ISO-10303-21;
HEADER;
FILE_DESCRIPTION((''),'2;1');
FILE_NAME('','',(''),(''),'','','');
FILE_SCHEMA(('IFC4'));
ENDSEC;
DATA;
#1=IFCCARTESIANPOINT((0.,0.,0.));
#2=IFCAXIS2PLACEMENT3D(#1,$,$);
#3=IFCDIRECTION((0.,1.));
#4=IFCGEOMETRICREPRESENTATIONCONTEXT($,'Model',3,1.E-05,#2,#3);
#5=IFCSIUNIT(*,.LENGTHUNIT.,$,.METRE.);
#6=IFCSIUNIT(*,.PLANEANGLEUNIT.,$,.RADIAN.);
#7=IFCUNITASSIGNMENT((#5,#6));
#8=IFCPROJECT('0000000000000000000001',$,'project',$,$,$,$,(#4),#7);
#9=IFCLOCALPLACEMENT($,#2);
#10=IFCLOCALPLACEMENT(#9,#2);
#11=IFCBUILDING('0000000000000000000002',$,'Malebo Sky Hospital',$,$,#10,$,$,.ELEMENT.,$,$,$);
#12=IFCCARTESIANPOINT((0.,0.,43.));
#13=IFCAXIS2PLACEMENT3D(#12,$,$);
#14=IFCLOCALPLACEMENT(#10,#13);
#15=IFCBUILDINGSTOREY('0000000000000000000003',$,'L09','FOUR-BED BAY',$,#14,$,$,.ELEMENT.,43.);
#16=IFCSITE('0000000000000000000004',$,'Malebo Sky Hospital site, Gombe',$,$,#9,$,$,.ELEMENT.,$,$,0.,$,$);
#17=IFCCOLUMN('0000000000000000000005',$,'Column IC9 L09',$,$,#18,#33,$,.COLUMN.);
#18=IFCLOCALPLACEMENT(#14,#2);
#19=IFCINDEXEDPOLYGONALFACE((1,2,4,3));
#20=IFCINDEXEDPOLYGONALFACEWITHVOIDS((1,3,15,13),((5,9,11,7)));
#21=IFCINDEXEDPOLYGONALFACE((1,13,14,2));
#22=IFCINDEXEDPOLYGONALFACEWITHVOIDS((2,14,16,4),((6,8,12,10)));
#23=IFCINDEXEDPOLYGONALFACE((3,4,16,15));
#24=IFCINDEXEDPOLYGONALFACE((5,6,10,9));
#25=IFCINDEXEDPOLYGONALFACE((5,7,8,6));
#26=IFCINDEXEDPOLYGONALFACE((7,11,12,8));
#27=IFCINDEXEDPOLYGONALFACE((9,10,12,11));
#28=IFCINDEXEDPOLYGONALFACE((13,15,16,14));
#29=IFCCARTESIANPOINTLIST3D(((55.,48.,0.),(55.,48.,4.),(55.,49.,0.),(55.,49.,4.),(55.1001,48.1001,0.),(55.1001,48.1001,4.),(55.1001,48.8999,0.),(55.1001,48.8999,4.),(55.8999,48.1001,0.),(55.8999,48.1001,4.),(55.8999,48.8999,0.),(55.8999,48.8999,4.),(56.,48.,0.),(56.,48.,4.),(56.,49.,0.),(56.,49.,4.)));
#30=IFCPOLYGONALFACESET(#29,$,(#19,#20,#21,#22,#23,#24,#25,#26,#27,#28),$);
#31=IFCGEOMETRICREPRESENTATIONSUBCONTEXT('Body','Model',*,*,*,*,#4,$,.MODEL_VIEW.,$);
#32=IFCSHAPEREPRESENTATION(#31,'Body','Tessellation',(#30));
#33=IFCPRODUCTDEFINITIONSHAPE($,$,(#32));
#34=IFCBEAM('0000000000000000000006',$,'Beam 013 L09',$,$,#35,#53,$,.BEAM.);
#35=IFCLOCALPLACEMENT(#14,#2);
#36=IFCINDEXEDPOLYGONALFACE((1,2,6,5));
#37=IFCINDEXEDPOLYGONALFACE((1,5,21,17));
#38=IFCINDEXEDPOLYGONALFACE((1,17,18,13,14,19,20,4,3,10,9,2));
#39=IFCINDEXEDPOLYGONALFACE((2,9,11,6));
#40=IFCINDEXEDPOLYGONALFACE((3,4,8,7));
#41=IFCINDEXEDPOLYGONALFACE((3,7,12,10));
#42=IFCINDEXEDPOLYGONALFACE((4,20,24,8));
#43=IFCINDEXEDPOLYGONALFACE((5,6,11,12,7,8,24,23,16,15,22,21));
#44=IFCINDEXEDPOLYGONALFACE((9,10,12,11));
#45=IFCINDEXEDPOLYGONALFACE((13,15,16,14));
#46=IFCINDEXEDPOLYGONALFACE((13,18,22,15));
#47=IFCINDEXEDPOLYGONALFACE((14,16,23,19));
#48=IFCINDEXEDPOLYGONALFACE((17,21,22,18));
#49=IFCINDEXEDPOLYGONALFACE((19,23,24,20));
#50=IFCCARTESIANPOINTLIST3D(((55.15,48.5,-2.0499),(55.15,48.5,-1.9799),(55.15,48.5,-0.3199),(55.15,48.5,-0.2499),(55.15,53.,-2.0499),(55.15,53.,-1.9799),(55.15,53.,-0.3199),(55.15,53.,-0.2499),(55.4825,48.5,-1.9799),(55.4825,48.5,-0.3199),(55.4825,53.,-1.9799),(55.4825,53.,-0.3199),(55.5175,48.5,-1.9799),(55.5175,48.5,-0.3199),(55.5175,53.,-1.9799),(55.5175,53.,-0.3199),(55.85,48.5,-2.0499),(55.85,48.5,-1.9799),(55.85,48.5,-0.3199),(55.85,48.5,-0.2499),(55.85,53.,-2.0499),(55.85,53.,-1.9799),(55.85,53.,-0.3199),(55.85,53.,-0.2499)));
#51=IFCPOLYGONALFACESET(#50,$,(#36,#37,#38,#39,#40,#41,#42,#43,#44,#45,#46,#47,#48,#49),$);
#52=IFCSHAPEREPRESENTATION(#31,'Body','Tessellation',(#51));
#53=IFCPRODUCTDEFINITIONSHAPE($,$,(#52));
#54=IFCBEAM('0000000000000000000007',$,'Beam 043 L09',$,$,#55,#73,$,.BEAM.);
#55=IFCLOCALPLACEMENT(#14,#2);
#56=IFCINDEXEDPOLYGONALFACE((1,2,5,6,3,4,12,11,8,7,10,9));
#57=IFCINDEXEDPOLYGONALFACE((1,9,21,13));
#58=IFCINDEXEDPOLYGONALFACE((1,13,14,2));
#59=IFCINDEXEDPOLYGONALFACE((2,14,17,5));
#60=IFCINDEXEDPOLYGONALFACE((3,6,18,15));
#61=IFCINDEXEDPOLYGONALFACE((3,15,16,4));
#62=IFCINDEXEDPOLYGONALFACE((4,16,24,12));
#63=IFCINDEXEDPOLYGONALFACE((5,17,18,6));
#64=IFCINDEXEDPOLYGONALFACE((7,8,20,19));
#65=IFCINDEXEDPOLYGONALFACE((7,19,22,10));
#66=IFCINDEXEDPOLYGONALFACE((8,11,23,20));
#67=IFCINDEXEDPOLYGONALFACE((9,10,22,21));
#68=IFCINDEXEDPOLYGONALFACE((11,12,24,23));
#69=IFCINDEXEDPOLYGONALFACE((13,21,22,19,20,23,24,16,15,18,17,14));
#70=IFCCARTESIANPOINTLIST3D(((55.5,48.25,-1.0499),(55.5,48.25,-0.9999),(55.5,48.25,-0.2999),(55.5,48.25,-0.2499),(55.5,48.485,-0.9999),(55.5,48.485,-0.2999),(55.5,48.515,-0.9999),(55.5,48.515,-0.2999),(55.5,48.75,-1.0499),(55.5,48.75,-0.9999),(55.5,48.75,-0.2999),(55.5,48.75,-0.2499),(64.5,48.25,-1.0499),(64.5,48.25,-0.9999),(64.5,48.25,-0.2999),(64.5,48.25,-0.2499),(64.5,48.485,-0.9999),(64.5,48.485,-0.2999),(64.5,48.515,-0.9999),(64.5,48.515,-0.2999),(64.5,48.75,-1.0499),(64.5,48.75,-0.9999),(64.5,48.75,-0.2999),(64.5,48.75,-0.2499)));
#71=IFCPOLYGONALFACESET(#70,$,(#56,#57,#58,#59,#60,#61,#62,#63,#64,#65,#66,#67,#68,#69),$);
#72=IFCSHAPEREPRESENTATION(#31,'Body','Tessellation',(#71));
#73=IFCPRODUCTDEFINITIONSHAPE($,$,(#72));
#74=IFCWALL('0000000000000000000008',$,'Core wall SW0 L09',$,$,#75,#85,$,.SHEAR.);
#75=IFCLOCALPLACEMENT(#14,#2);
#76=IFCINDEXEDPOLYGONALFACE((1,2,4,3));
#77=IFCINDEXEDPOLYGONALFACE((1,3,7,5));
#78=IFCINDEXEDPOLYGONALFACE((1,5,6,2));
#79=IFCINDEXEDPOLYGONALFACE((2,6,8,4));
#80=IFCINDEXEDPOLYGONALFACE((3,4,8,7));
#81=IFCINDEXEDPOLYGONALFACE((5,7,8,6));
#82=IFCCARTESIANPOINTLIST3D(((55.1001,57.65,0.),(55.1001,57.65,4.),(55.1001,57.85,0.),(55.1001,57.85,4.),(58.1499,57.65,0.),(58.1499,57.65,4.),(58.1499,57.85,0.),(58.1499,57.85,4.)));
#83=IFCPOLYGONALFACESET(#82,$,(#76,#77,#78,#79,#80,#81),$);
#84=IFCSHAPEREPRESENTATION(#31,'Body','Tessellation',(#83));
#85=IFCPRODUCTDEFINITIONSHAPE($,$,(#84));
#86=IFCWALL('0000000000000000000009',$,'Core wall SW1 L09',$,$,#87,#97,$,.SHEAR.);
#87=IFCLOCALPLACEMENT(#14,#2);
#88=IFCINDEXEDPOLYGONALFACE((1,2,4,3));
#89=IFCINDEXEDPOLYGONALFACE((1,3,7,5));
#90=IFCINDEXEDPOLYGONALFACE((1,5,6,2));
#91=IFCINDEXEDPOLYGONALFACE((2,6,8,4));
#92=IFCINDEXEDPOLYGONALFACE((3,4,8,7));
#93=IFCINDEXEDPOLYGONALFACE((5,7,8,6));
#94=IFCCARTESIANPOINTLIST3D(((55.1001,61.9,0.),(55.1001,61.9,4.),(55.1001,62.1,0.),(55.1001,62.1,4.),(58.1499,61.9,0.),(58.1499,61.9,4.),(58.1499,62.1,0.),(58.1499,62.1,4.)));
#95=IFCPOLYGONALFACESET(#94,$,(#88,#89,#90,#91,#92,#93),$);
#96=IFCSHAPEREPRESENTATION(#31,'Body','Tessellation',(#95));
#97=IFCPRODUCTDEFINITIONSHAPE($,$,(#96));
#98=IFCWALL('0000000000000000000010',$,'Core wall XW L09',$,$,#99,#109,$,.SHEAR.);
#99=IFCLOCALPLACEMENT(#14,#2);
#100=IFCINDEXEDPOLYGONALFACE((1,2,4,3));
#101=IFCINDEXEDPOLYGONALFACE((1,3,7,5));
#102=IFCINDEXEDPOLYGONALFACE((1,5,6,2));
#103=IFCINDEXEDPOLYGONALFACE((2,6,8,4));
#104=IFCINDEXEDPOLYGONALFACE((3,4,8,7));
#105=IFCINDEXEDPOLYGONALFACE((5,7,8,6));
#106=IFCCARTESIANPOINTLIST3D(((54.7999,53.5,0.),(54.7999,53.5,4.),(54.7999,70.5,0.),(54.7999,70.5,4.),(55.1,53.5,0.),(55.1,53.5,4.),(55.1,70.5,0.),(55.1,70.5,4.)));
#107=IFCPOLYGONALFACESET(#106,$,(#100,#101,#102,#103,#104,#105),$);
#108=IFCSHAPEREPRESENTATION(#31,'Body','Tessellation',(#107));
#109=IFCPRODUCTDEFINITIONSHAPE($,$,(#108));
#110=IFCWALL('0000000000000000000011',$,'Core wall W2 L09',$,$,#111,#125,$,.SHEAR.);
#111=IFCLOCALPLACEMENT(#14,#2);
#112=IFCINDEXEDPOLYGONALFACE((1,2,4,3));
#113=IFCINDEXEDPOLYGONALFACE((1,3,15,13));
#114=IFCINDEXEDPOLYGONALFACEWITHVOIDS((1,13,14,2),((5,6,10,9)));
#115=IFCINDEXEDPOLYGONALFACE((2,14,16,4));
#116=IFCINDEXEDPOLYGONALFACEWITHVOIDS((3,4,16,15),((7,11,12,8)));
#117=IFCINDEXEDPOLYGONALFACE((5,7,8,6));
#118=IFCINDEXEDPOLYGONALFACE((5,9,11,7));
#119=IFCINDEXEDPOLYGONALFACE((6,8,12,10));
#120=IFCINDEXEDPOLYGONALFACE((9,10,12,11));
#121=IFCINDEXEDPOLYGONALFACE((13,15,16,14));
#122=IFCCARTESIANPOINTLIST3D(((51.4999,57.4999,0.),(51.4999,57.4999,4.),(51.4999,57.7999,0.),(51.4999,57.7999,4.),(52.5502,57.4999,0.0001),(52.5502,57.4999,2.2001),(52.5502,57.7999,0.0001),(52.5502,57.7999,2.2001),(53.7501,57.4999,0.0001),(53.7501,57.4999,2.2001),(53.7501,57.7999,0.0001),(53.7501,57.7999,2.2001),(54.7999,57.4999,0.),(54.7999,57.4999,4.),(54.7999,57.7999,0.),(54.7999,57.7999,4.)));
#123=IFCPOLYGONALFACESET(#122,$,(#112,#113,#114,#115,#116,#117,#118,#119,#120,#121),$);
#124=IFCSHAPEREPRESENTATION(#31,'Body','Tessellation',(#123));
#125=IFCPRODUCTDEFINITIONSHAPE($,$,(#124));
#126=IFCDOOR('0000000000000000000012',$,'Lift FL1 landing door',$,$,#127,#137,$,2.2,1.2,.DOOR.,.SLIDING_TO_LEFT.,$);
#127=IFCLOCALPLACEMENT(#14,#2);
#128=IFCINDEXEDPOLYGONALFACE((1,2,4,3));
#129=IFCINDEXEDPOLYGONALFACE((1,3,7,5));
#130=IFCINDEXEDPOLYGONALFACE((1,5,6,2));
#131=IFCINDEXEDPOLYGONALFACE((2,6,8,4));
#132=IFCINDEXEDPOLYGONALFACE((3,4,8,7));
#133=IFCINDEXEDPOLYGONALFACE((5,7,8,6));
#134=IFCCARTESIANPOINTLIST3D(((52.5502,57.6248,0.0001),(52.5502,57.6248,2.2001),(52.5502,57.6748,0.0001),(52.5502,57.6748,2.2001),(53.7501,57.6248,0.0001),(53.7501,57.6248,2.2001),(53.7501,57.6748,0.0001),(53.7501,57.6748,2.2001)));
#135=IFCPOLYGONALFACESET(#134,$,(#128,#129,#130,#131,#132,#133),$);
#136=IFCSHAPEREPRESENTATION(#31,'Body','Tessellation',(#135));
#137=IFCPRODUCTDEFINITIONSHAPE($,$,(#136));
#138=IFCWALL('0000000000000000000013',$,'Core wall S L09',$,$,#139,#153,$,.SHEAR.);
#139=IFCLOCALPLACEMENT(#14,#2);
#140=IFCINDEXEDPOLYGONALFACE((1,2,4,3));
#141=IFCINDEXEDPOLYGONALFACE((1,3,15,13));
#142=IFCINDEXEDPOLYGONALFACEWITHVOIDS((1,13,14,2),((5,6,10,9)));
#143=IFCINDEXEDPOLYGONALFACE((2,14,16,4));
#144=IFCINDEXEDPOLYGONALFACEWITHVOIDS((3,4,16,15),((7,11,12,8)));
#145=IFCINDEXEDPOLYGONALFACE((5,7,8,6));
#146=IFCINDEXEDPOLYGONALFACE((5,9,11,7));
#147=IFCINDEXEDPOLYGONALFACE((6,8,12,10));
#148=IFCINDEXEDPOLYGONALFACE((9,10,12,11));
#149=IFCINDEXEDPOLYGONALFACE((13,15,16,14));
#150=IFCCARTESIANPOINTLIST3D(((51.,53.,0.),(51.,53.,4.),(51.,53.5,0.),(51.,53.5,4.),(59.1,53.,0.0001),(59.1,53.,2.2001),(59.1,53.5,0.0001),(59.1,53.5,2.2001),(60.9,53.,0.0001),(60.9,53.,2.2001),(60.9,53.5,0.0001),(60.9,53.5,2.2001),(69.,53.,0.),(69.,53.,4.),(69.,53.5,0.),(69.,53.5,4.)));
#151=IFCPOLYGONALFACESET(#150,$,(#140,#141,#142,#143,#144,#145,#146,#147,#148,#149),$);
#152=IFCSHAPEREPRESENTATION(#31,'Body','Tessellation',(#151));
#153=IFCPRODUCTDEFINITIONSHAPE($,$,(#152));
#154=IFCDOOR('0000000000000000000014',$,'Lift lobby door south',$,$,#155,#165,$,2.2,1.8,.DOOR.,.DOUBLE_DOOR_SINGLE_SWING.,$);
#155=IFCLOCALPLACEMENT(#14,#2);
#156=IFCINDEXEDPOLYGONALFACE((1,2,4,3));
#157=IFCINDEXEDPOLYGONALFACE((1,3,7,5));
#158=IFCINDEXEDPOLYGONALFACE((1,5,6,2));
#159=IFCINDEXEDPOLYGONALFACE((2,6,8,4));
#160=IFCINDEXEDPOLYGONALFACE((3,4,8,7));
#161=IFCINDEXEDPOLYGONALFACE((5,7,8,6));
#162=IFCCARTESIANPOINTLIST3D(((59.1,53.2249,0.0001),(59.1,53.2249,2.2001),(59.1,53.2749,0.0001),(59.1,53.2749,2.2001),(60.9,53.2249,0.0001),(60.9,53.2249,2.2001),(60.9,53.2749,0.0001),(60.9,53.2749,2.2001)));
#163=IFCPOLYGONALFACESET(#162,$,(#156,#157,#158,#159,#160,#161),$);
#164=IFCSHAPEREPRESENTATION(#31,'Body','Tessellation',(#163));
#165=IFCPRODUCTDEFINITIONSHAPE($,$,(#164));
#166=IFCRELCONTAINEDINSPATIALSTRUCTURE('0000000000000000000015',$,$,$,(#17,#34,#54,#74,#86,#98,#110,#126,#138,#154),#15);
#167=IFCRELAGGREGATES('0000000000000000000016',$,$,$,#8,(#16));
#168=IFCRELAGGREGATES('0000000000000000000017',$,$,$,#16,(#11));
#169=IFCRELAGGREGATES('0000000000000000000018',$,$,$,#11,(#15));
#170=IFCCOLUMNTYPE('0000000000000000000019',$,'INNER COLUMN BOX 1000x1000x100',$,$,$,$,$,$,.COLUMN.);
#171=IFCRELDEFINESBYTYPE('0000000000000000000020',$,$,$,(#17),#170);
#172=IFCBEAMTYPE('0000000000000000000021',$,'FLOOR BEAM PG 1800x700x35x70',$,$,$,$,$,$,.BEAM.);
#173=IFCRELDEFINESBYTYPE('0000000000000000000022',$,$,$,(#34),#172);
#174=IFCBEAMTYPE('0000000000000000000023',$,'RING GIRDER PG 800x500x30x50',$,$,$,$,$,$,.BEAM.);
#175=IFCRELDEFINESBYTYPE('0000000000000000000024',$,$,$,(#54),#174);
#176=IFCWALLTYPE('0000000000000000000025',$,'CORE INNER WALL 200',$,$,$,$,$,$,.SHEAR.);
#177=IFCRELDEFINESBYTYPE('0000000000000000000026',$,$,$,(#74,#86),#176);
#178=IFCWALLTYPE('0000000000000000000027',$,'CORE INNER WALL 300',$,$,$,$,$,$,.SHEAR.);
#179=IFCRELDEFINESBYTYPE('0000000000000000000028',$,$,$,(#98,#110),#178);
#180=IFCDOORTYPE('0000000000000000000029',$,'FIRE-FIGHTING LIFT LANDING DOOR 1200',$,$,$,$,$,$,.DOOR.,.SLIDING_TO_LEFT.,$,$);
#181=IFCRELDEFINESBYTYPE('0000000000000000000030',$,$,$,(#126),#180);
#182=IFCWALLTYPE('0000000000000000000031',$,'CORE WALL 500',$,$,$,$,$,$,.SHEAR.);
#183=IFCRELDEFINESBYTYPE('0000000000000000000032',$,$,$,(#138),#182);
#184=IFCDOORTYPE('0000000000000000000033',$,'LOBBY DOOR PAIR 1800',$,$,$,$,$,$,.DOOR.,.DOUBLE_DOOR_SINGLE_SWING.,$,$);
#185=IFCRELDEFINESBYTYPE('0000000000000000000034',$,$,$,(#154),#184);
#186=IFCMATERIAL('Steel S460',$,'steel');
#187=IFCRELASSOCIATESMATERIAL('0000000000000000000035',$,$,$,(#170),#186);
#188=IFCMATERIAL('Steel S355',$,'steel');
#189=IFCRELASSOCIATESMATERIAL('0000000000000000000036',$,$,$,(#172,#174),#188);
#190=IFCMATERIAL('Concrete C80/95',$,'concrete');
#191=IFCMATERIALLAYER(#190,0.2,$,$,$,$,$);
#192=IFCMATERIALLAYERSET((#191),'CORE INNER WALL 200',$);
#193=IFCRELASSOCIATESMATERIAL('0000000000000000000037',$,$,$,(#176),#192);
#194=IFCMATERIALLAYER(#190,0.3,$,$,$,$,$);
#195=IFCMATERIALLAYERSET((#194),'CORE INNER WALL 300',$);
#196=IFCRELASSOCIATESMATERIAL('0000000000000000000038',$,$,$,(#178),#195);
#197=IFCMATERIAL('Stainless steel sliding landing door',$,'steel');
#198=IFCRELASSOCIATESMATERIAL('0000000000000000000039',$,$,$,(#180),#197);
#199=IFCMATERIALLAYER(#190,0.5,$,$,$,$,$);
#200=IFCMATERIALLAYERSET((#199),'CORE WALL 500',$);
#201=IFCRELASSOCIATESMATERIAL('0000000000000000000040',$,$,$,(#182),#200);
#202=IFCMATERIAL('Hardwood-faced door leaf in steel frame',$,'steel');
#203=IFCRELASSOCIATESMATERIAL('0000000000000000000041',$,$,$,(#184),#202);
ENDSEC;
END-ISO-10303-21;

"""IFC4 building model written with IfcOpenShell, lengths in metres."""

from ifc_helpers import new_model, si_unit, direction, frame, frame_2d, origin, origin_2d, place, context, subcontext, project, spatial, rectangle, hollow_rectangle, i_section, extrude, material, layer, layer_set, material_profile, profile_set, type_object, element, fill, save


model = new_model("IFC4")

# Units and contexts
model_context = context("Model", 3, precision=1e-05, world=origin(), true_north=direction((0.0, 1.0)))
body_context = subcontext(model_context, "Body", "Model", "MODEL_VIEW")
ifc_project = project(units=[si_unit("LENGTHUNIT", "METRE"), si_unit("PLANEANGLEUNIT", "RADIAN")], contexts=[model_context])

# Site, building, storey
site_placement = place(None, origin())
site = spatial("IfcSite", under=ifc_project, at=site_placement, Name="Malebo Sky Hospital site, Gombe", CompositionType="ELEMENT", RefElevation=0.0)
building_placement = place(site_placement, origin())
building = spatial("IfcBuilding", under=site, at=building_placement, Name="Malebo Sky Hospital", CompositionType="ELEMENT")
storey_placement = place(building_placement, frame((0.0, 0.0, 43.0)))
storey = spatial("IfcBuildingStorey", under=building, at=storey_placement, Name="L09", Description="FOUR-BED BAY", CompositionType="ELEMENT", Elevation=43.0)

# Column
ifc_material_1 = material(Name="Steel S460", Category="steel")
ifc_material_profile_1 = material_profile(ifc_material_1, hollow_rectangle(XDim=1.0, YDim=1.0, WallThickness=0.1001, at=origin_2d()), Name="BOX 1000x1000x100")
ifc_profile_set_1 = profile_set([ifc_material_profile_1], Name="Steel S460")
column_type = type_object("IfcColumnType", Name="INNER COLUMN BOX 1000x1000x100", PredefinedType="COLUMN", material=ifc_profile_set_1)
column_placement = place(storey_placement, frame((55.5, 48.5, 0.0), z_axis=(0.0, 0.0, 1.0), x_axis=(1.0, 0.0, 0.0)))
element("IfcColumn", 1, at=column_placement, inside=storey, type_object=column_type, Name="Column IC9 L09", PredefinedType="COLUMN", context=body_context, shape_type="SweptSolid", body=[
    extrude(hollow_rectangle(XDim=1.0, YDim=1.0, WallThickness=0.1001, at=origin_2d()), origin(), (0.0, 0.0, 1.0), 4.0),
])

# Beams
ifc_material_2 = material(Name="Steel S355", Category="steel")
ifc_material_profile_2 = material_profile(ifc_material_2, i_section(OverallWidth=0.7, OverallDepth=1.8, WebThickness=0.0349, FlangeThickness=0.0701, at=origin_2d()), Name="PG 1800x700x35x70")
ifc_profile_set_2 = profile_set([ifc_material_profile_2], Name="Steel S355")
beam_type_1 = type_object("IfcBeamType", Name="FLOOR BEAM PG 1800x700x35x70", PredefinedType="BEAM", material=ifc_profile_set_2)
beam_1_placement = place(storey_placement, frame((55.5, 48.5, -1.1499), z_axis=(0.0, 1.0, 0.0), x_axis=(-1.0, 0.0, 0.0)))
element("IfcBeam", 2, at=beam_1_placement, inside=storey, type_object=beam_type_1, Name="Beam 013 L09", PredefinedType="BEAM", context=body_context, shape_type="SweptSolid", body=[
    extrude(i_section(OverallWidth=0.7, OverallDepth=1.8, WebThickness=0.0349, FlangeThickness=0.0701, at=origin_2d()), origin(), (0.0, 0.0, 1.0), 4.5),
])
ifc_material_profile_3 = material_profile(ifc_material_2, i_section(OverallWidth=0.5, OverallDepth=0.8, WebThickness=0.03, FlangeThickness=0.05, at=origin_2d()), Name="PG 800x500x30x50")
ifc_profile_set_3 = profile_set([ifc_material_profile_3], Name="Steel S355")
beam_type_2 = type_object("IfcBeamType", Name="RING GIRDER PG 800x500x30x50", PredefinedType="BEAM", material=ifc_profile_set_3)
beam_2_placement = place(storey_placement, frame((55.5, 48.5, -0.6499), z_axis=(1.0, 0.0, 0.0), x_axis=(0.0, 1.0, 0.0)))
element("IfcBeam", 3, at=beam_2_placement, inside=storey, type_object=beam_type_2, Name="Beam 043 L09", PredefinedType="BEAM", context=body_context, shape_type="SweptSolid", body=[
    extrude(i_section(OverallWidth=0.5, OverallDepth=0.8, WebThickness=0.03, FlangeThickness=0.05, at=origin_2d()), origin(), (0.0, 0.0, 1.0), 9.0),
])

# Walls
ifc_material_3 = material(Name="Concrete C80/95", Category="concrete")
ifc_layer_1 = layer(ifc_material_3, 0.2)
ifc_layer_set_1 = layer_set([ifc_layer_1], Name="CORE INNER WALL 200")
wall_type_1 = type_object("IfcWallType", Name="CORE INNER WALL 200", PredefinedType="SHEAR", material=ifc_layer_set_1)
for number, where, z_axis, x_axis, name in (
    (4, (55.1001, 57.75, 0.0), (0.0, 0.0, 1.0), (1.0, 0.0, 0.0), "Core wall SW0 L09"),
    (5, (55.1001, 62.0, 0.0), (0.0, 0.0, 1.0), (1.0, 0.0, 0.0), "Core wall SW1 L09"),
):
    element("IfcWall", number, at=place(storey_placement, frame(where, z_axis=z_axis, x_axis=x_axis)), inside=storey, type_object=wall_type_1, Name=name, PredefinedType="SHEAR", context=body_context, shape_type="SweptSolid", body=[
        extrude(rectangle(XDim=3.0498, YDim=0.2, at=frame_2d((1.5249, 0.0))), origin(), (0.0, 0.0, 1.0), 4.0),
    ])
ifc_layer_2 = layer(ifc_material_3, 0.3)
ifc_layer_set_2 = layer_set([ifc_layer_2], Name="CORE INNER WALL 300")
wall_type_2 = type_object("IfcWallType", Name="CORE INNER WALL 300", PredefinedType="SHEAR", material=ifc_layer_set_2)
wall_1_placement = place(storey_placement, frame((54.95, 53.5, 0.0), z_axis=(0.0, 0.0, 1.0), x_axis=(0.0, 1.0, 0.0)))
element("IfcWall", 6, at=wall_1_placement, inside=storey, type_object=wall_type_2, Name="Core wall XW L09", PredefinedType="SHEAR", context=body_context, shape_type="SweptSolid", body=[
    extrude(rectangle(XDim=17.0, YDim=0.3, at=frame_2d((8.5, 0.0))), origin(), (0.0, 0.0, 1.0), 4.0),
])

# Walls, openings, doors
wall_2_placement = place(storey_placement, frame((51.5, 57.6499, 0.0), z_axis=(0.0, 0.0, 1.0), x_axis=(1.0, 0.0, 0.0)))
wall_2 = element("IfcWall", 7, at=wall_2_placement, inside=storey, type_object=wall_type_2, Name="Core wall W2 L09", PredefinedType="SHEAR", context=body_context, shape_type="SweptSolid", body=[
    extrude(rectangle(XDim=3.3, YDim=0.3, at=frame_2d((1.6499, 0.0))), origin(), (0.0, 0.0, 1.0), 4.0),
])
opening_1_placement = place(wall_2_placement, frame((1.05, 0.0, 0.0)))
opening_1 = element("IfcOpeningElement", 8, at=opening_1_placement, cuts=wall_2, PredefinedType="OPENING", context=body_context, shape_type="SweptSolid", body=[
    extrude(rectangle(XDim=1.2, YDim=2.2, at=frame_2d((0.6001, 1.1001))), frame((0.0, 0.1599, 0.0), z_axis=(0.0, -1.0, 0.0), x_axis=(1.0, 0.0, 0.0)), (0.0, 0.0, 1.0), 0.3201),
])
ifc_material_4 = material(Name="Stainless steel sliding landing door", Category="steel")
door_type_1 = type_object("IfcDoorType", Name="FIRE-FIGHTING LIFT LANDING DOOR 1200", OperationType="SLIDING_TO_LEFT", PredefinedType="DOOR", material=ifc_material_4)
door_1_placement = place(opening_1_placement, origin())
door_1 = element("IfcDoor", 9, at=door_1_placement, inside=storey, type_object=door_type_1, Name="Lift FL1 landing door", OperationType="SLIDING_TO_LEFT", OverallHeight=2.2, OverallWidth=1.2, PredefinedType="DOOR", context=body_context, shape_type="SweptSolid", body=[
    extrude(rectangle(XDim=1.2, YDim=2.2, at=frame_2d((0.6001, 1.1001))), frame((0.0, 0.0249, 0.0), z_axis=(0.0, -1.0, 0.0), x_axis=(1.0, 0.0, 0.0)), (0.0, 0.0, 1.0), 0.05),
])
fill(opening_1, door_1)
ifc_layer_3 = layer(ifc_material_3, 0.5)
ifc_layer_set_3 = layer_set([ifc_layer_3], Name="CORE WALL 500")
wall_type_3 = type_object("IfcWallType", Name="CORE WALL 500", PredefinedType="SHEAR", material=ifc_layer_set_3)
wall_3_placement = place(storey_placement, frame((51.0, 53.25, 0.0), z_axis=(0.0, 0.0, 1.0), x_axis=(1.0, 0.0, 0.0)))
wall_3 = element("IfcWall", 10, at=wall_3_placement, inside=storey, type_object=wall_type_3, Name="Core wall S L09", PredefinedType="SHEAR", context=body_context, shape_type="SweptSolid", body=[
    extrude(rectangle(XDim=18.0, YDim=0.5, at=frame_2d((9.0, 0.0))), origin(), (0.0, 0.0, 1.0), 4.0),
])
opening_2_placement = place(wall_3_placement, frame((8.1001, 0.0, 0.0)))
opening_2 = element("IfcOpeningElement", 11, at=opening_2_placement, cuts=wall_3, PredefinedType="OPENING", context=body_context, shape_type="SweptSolid", body=[
    extrude(rectangle(XDim=1.8, YDim=2.2, at=frame_2d((0.8999, 1.1001))), frame((0.0, 0.26, 0.0), z_axis=(0.0, -1.0, 0.0), x_axis=(1.0, 0.0, 0.0)), (0.0, 0.0, 1.0), 0.52),
])
ifc_material_5 = material(Name="Hardwood-faced door leaf in steel frame", Category="steel")
door_type_2 = type_object("IfcDoorType", Name="LOBBY DOOR PAIR 1800", OperationType="DOUBLE_DOOR_SINGLE_SWING", PredefinedType="DOOR", material=ifc_material_5)
door_2_placement = place(opening_2_placement, origin())
door_2 = element("IfcDoor", 12, at=door_2_placement, inside=storey, type_object=door_type_2, Name="Lift lobby door south", OperationType="DOUBLE_DOOR_SINGLE_SWING", OverallHeight=2.2, OverallWidth=1.8, PredefinedType="DOOR", context=body_context, shape_type="SweptSolid", body=[
    extrude(rectangle(XDim=1.8, YDim=2.2, at=frame_2d((0.8999, 1.1001))), frame((0.0, 0.0249, 0.0), z_axis=(0.0, -1.0, 0.0), x_axis=(1.0, 0.0, 0.0)), (0.0, 0.0, 1.0), 0.05),
])
fill(opening_2, door_2)

save(model, "model.ifc")
